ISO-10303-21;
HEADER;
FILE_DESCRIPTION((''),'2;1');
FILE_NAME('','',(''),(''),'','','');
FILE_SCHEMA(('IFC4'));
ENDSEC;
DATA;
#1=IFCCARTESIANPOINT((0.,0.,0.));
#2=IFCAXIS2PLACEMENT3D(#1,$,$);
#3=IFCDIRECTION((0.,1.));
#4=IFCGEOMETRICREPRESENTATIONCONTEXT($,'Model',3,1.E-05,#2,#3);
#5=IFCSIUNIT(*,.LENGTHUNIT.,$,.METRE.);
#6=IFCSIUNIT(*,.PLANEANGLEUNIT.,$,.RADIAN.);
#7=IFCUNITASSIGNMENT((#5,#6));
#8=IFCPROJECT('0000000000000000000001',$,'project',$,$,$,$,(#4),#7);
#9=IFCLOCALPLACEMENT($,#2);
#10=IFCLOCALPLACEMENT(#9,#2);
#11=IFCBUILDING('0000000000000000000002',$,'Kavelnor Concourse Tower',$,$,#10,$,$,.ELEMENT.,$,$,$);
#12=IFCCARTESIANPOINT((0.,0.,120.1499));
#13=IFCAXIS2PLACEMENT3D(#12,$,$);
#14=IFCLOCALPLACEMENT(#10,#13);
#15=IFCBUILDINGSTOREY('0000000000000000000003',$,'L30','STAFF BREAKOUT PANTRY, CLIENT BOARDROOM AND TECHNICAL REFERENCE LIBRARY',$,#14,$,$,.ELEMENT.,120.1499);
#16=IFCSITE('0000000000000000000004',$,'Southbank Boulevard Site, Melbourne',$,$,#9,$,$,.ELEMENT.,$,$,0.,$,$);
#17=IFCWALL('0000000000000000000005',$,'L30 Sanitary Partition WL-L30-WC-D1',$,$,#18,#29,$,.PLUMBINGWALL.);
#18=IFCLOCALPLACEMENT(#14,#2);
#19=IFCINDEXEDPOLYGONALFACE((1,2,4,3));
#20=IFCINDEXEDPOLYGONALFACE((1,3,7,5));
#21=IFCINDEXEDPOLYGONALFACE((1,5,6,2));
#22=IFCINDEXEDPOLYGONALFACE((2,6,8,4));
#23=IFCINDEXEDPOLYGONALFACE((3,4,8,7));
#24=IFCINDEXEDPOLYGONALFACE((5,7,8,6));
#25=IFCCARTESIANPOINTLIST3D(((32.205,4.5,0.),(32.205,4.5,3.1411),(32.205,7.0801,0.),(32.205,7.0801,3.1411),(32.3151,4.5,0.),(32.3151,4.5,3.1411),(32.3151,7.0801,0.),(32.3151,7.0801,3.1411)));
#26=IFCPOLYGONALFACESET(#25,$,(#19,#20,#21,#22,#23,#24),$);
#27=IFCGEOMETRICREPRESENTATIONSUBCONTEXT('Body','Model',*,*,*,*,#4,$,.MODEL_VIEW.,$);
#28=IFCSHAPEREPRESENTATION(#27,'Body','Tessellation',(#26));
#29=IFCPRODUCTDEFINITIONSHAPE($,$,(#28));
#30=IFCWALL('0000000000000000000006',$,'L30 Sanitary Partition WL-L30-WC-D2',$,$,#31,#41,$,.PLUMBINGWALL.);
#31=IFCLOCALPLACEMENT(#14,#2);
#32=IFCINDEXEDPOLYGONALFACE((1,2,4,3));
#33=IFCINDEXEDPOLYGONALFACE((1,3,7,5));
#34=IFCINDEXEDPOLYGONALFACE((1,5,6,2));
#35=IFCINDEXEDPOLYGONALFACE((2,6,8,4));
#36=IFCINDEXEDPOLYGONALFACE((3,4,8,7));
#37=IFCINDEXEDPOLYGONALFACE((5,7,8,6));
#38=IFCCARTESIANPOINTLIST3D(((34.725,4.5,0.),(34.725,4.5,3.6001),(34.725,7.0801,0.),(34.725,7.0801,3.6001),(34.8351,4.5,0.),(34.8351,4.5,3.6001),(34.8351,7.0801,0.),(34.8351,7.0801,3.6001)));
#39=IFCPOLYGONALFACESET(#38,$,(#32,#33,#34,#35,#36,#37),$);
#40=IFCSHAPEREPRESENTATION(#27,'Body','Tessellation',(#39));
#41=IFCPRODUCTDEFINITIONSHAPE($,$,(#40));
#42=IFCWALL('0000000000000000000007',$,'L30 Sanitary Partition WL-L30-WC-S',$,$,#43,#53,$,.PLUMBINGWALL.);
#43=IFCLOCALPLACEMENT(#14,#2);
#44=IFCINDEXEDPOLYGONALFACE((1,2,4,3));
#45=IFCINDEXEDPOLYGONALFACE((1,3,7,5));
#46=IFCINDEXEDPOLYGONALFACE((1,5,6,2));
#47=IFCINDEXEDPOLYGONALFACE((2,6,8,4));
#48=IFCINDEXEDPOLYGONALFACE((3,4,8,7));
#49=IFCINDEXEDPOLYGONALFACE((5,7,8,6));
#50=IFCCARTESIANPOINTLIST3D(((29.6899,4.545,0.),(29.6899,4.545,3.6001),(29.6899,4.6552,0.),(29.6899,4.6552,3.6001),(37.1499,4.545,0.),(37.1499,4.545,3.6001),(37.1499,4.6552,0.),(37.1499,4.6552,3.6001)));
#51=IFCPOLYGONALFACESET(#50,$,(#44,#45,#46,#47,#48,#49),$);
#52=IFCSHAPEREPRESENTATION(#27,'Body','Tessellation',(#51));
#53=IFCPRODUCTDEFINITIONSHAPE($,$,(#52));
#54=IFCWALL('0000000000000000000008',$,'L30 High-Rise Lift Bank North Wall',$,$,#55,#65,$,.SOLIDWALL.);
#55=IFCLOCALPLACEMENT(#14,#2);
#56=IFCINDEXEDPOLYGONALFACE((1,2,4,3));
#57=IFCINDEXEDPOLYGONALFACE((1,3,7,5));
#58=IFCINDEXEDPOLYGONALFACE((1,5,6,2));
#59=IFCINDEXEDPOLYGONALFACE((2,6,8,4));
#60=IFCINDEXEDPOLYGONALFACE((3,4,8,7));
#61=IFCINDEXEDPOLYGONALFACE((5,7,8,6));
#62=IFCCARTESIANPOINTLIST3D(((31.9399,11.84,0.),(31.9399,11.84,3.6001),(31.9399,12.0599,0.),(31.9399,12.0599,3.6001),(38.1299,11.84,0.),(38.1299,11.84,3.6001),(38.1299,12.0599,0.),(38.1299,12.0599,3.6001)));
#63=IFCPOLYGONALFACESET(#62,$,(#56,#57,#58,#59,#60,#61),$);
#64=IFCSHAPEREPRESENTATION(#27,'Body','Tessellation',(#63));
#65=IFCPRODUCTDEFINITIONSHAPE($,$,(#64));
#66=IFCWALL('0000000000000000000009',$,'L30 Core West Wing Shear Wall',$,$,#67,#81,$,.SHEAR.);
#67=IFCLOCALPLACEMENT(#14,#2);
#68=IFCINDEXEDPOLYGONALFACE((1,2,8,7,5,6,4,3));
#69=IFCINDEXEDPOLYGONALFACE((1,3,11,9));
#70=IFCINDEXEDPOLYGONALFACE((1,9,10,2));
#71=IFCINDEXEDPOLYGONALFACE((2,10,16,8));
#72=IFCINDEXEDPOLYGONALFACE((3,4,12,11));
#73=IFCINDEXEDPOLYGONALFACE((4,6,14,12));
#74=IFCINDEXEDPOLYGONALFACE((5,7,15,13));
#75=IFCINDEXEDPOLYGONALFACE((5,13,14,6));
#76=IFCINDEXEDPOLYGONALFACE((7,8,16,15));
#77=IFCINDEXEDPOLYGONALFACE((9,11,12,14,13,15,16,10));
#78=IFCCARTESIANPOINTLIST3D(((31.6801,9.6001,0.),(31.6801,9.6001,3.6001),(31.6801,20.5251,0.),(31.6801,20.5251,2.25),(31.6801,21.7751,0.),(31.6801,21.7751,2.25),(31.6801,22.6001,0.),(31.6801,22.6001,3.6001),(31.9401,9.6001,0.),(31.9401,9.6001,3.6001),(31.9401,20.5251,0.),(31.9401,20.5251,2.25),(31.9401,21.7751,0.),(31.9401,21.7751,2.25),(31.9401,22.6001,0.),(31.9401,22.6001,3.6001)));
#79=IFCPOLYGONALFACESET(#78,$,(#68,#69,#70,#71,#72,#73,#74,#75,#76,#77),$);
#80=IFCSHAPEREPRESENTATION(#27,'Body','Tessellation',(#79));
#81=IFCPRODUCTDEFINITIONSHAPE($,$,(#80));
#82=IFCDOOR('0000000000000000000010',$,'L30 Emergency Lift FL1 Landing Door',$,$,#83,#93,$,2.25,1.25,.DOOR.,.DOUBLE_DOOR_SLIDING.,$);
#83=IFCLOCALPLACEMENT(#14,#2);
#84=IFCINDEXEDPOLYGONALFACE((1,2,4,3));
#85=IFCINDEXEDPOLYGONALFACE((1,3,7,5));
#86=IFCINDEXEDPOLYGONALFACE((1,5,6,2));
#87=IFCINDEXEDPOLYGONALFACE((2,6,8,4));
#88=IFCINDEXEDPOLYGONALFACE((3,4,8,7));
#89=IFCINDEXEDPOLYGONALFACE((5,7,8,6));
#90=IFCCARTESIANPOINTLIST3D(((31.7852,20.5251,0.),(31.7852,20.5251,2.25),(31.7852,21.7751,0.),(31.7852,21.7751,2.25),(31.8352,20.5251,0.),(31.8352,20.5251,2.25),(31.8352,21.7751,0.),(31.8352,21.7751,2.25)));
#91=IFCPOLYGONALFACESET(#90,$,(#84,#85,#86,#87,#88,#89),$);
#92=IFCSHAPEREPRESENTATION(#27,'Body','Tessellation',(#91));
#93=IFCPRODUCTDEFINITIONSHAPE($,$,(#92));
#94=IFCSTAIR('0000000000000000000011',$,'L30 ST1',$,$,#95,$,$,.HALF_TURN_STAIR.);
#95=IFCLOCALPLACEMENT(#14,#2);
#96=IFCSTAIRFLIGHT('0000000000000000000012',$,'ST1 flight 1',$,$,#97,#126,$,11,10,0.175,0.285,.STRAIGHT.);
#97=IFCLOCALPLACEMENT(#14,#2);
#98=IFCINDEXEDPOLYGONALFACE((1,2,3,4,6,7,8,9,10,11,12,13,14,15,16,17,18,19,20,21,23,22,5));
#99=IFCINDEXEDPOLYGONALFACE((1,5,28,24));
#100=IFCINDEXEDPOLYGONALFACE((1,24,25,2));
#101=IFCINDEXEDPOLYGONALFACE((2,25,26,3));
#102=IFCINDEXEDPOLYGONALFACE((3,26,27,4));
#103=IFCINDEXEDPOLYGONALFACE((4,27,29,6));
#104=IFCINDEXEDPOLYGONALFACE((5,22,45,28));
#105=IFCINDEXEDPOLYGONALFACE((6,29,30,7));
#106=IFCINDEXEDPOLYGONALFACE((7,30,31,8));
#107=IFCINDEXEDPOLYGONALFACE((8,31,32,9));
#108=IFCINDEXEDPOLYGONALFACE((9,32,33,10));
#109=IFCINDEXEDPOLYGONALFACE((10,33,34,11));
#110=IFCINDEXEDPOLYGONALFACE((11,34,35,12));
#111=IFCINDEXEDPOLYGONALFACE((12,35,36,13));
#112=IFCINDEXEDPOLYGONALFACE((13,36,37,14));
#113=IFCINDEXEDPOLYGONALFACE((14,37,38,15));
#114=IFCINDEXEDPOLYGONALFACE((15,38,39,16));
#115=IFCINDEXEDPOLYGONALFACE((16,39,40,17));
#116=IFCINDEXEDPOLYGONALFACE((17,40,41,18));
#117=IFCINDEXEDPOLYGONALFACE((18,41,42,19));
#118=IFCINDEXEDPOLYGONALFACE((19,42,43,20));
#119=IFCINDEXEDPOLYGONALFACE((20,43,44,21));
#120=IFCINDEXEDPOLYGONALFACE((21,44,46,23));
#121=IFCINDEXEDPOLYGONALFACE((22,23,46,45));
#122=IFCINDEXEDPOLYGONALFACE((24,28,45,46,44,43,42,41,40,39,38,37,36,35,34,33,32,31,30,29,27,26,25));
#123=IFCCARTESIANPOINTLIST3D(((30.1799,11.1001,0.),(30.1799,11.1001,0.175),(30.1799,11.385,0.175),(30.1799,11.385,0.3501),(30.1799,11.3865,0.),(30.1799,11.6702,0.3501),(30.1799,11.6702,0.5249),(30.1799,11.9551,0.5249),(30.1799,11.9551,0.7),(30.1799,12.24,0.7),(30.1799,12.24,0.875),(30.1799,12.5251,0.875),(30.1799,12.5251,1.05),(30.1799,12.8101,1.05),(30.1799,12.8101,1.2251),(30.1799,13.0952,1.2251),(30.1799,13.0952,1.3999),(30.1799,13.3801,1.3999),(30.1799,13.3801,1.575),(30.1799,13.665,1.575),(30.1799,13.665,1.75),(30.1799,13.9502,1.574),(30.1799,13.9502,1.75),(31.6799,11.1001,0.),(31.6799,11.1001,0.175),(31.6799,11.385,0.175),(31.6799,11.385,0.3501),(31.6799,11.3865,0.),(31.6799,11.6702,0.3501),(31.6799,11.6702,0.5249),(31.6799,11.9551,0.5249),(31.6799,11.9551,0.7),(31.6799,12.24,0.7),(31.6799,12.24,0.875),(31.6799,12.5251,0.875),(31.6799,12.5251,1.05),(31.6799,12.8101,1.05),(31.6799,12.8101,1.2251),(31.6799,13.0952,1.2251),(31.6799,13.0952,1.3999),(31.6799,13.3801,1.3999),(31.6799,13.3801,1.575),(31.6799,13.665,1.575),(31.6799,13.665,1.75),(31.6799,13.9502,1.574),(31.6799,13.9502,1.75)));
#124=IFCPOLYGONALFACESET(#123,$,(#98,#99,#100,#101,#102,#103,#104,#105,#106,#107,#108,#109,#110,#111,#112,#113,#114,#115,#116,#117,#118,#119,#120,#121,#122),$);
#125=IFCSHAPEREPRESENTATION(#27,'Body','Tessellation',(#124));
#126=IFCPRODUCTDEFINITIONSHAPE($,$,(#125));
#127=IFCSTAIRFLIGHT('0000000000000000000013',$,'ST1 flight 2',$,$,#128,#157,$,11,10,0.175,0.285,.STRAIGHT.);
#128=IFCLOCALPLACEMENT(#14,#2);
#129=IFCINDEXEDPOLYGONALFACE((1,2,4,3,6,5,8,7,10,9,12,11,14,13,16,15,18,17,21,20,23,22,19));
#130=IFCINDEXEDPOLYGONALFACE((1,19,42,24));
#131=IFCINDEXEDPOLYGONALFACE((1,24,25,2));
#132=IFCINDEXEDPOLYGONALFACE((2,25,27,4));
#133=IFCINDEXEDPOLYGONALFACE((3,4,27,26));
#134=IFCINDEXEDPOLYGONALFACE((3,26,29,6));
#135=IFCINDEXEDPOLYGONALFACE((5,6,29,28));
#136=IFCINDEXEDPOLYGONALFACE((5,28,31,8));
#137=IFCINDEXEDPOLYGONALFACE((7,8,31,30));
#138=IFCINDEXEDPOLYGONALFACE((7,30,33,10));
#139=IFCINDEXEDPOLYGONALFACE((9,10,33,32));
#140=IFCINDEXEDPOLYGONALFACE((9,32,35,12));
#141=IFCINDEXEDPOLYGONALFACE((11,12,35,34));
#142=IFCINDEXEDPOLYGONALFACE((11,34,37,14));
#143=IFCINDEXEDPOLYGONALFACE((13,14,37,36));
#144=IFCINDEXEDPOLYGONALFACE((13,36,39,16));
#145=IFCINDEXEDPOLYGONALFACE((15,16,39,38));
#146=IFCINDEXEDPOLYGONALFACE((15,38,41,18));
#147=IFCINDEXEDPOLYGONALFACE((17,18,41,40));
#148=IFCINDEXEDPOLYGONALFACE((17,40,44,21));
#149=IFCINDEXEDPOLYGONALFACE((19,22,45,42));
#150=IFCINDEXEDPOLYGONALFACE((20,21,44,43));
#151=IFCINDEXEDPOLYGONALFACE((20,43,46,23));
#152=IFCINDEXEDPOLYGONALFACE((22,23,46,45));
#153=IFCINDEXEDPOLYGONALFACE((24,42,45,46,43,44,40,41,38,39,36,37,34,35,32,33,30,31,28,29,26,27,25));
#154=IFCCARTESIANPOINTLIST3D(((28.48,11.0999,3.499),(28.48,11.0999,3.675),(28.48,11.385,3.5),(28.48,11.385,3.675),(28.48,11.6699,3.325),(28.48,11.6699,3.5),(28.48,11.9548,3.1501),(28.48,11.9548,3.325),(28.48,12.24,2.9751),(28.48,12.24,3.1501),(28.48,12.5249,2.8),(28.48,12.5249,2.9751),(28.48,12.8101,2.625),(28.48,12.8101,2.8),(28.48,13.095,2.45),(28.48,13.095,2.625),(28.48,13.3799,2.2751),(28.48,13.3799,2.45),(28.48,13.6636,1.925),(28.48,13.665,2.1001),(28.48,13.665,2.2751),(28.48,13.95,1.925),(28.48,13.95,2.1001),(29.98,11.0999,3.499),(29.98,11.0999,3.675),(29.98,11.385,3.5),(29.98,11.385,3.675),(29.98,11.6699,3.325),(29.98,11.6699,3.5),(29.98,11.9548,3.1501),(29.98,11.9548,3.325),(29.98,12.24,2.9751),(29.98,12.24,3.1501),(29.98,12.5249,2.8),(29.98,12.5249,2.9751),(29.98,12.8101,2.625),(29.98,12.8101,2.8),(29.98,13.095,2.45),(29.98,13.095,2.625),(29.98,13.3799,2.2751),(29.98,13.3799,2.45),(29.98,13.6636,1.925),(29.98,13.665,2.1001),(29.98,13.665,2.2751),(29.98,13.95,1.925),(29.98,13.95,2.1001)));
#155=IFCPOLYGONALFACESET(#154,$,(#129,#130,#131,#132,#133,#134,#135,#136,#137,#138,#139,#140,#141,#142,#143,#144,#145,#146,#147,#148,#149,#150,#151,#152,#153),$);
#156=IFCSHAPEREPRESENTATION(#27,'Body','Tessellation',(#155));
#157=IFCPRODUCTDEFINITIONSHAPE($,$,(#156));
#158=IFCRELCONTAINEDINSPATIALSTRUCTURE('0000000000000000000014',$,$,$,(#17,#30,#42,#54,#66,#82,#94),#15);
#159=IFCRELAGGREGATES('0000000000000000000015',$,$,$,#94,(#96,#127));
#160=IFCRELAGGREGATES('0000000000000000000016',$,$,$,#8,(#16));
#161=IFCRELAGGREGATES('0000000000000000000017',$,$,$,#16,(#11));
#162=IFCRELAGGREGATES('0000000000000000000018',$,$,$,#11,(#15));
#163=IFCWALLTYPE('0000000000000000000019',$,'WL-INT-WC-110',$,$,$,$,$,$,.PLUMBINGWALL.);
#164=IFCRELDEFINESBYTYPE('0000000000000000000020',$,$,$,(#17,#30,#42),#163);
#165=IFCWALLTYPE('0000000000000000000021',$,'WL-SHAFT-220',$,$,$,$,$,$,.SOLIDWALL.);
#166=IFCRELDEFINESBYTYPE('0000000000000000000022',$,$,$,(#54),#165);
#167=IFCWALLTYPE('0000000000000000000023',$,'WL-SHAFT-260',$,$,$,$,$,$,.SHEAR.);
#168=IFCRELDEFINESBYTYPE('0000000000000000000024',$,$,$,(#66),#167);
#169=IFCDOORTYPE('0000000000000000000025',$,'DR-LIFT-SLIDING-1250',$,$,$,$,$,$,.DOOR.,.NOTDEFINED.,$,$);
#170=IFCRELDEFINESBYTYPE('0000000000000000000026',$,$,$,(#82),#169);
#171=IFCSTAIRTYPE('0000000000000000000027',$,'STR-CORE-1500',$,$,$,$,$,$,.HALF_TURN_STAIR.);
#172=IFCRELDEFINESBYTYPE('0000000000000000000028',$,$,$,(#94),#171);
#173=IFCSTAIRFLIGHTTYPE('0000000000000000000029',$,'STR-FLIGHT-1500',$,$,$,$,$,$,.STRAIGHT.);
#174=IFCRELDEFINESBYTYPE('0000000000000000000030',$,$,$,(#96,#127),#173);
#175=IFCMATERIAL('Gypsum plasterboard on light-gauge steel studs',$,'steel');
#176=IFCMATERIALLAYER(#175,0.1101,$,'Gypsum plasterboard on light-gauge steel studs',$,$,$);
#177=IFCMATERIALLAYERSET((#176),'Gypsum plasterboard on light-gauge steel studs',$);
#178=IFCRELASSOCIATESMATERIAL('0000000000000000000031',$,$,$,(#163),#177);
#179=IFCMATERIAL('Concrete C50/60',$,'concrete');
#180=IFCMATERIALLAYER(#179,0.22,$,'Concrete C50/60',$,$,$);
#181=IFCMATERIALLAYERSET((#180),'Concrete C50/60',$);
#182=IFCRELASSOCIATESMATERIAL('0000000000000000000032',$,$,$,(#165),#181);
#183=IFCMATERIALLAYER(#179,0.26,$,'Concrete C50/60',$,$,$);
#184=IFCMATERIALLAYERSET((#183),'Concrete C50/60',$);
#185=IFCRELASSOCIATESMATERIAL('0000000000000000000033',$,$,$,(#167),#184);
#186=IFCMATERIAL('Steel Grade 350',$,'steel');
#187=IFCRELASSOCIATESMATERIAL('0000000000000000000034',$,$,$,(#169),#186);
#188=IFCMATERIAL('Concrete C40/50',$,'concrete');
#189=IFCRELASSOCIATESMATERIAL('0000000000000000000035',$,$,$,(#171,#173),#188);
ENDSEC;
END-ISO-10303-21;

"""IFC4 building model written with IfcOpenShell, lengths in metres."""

from ifc_helpers import new_model, si_unit, direction, frame, frame_2d, origin, place, context, subcontext, project, spatial, polyline, rectangle, outline, extrude, material, layer, layer_set, type_object, element, fill, aggregate, save


model = new_model("IFC4")

# Units and contexts
model_context = context("Model", 3, precision=1e-05, world=origin(), true_north=direction((0.0, 1.0)))
body_context = subcontext(model_context, "Body", "Model", "MODEL_VIEW")
ifc_project = project(units=[si_unit("LENGTHUNIT", "METRE"), si_unit("PLANEANGLEUNIT", "RADIAN")], contexts=[model_context])

# Site, building, storey
site_placement = place(None, origin())
site = spatial("IfcSite", under=ifc_project, at=site_placement, Name="Southbank Boulevard Site, Melbourne", CompositionType="ELEMENT", RefElevation=0.0)
building_placement = place(site_placement, origin())
building = spatial("IfcBuilding", under=site, at=building_placement, Name="Kavelnor Concourse Tower", CompositionType="ELEMENT")
storey_placement = place(building_placement, frame((0.0, 0.0, 120.1499)))
storey = spatial("IfcBuildingStorey", under=building, at=storey_placement, Name="L30", Description="STAFF BREAKOUT PANTRY, CLIENT BOARDROOM AND TECHNICAL REFERENCE LIBRARY", CompositionType="ELEMENT", Elevation=120.1499)

# Shared definitions
ifc_material_1 = material(Name="Steel Grade 350", Category="steel")

# Walls
ifc_material_2 = material(Name="Gypsum plasterboard on light-gauge steel studs", Category="steel")
ifc_layer_1 = layer(ifc_material_2, 0.1101, Name="Gypsum plasterboard on light-gauge steel studs")
ifc_layer_set_1 = layer_set([ifc_layer_1], Name="Gypsum plasterboard on light-gauge steel studs")
wall_type_1 = type_object("IfcWallType", Name="WL-INT-WC-110", PredefinedType="PLUMBINGWALL", material=ifc_layer_set_1)
wall_1_placement = place(storey_placement, frame((32.26, 4.5, 0.0), z_axis=(0.0, 0.0, 1.0), x_axis=(0.0, 1.0, 0.0)))
element("IfcWall", 1, at=wall_1_placement, inside=storey, type_object=wall_type_1, Name="L30 Sanitary Partition WL-L30-WC-D1", PredefinedType="PLUMBINGWALL", context=body_context, shape_type="SweptSolid", body=[
    extrude(rectangle(XDim=2.5801, YDim=0.1101, at=frame_2d((1.29, 0.0))), origin(), (0.0, 0.0, 1.0), 3.1411),
])
wall_2_placement = place(storey_placement, frame((34.78, 4.5, 0.0), z_axis=(0.0, 0.0, 1.0), x_axis=(0.0, 1.0, 0.0)))
element("IfcWall", 2, at=wall_2_placement, inside=storey, type_object=wall_type_1, Name="L30 Sanitary Partition WL-L30-WC-D2", PredefinedType="PLUMBINGWALL", context=body_context, shape_type="SweptSolid", body=[
    extrude(rectangle(XDim=2.5801, YDim=0.1101, at=frame_2d((1.29, 0.0))), origin(), (0.0, 0.0, 1.0), 3.6001),
])
wall_3_placement = place(storey_placement, frame((29.6899, 4.6001, 0.0), z_axis=(0.0, 0.0, 1.0), x_axis=(1.0, 0.0, 0.0)))
element("IfcWall", 3, at=wall_3_placement, inside=storey, type_object=wall_type_1, Name="L30 Sanitary Partition WL-L30-WC-S", PredefinedType="PLUMBINGWALL", context=body_context, shape_type="SweptSolid", body=[
    extrude(rectangle(XDim=7.46, YDim=0.1101, at=frame_2d((3.73, 0.0))), origin(), (0.0, 0.0, 1.0), 3.6001),
])
ifc_material_3 = material(Name="Concrete C50/60", Category="concrete")
ifc_layer_2 = layer(ifc_material_3, 0.22, Name="Concrete C50/60")
ifc_layer_set_2 = layer_set([ifc_layer_2], Name="Concrete C50/60")
wall_type_2 = type_object("IfcWallType", Name="WL-SHAFT-220", PredefinedType="SOLIDWALL", material=ifc_layer_set_2)
wall_4_placement = place(storey_placement, frame((31.9399, 11.95, 0.0), z_axis=(0.0, 0.0, 1.0), x_axis=(1.0, 0.0, 0.0)))
element("IfcWall", 4, at=wall_4_placement, inside=storey, type_object=wall_type_2, Name="L30 High-Rise Lift Bank North Wall", PredefinedType="SOLIDWALL", context=body_context, shape_type="SweptSolid", body=[
    extrude(rectangle(XDim=6.1899, YDim=0.22, at=frame_2d((3.095, 0.0))), origin(), (0.0, 0.0, 1.0), 3.6001),
])

# Wall, opening, door
ifc_layer_3 = layer(ifc_material_3, 0.26, Name="Concrete C50/60")
ifc_layer_set_3 = layer_set([ifc_layer_3], Name="Concrete C50/60")
wall_type_3 = type_object("IfcWallType", Name="WL-SHAFT-260", PredefinedType="SHEAR", material=ifc_layer_set_3)
wall_5_placement = place(storey_placement, frame((31.8101, 9.6001, 0.0), z_axis=(0.0, 0.0, 1.0), x_axis=(0.0, 1.0, 0.0)))
wall_5 = element("IfcWall", 5, at=wall_5_placement, inside=storey, type_object=wall_type_3, Name="L30 Core West Wing Shear Wall", PredefinedType="SHEAR", context=body_context, shape_type="SweptSolid", body=[
    extrude(rectangle(XDim=13.0, YDim=0.26, at=frame_2d((6.5, 0.0))), origin(), (0.0, 0.0, 1.0), 3.6001),
])
opening_1_placement = place(wall_5_placement, frame((10.925, 0.0, 0.0)))
opening_1 = element("IfcOpeningElement", 6, at=opening_1_placement, cuts=wall_5, PredefinedType="OPENING", context=body_context, shape_type="SweptSolid", body=[
    extrude(rectangle(XDim=1.25, YDim=2.25, at=frame_2d((0.625, 1.125))), frame((0.0, 0.1401, 0.0), z_axis=(0.0, -1.0, 0.0), x_axis=(1.0, 0.0, 0.0)), (0.0, 0.0, 1.0), 0.28),
])
door_type_1 = type_object("IfcDoorType", Name="DR-LIFT-SLIDING-1250", OperationType="NOTDEFINED", PredefinedType="DOOR", material=ifc_material_1)
door_1_placement = place(opening_1_placement, origin())
door_1 = element("IfcDoor", 7, at=door_1_placement, inside=storey, type_object=door_type_1, Name="L30 Emergency Lift FL1 Landing Door", OperationType="DOUBLE_DOOR_SLIDING", OverallHeight=2.25, OverallWidth=1.25, PredefinedType="DOOR", context=body_context, shape_type="SweptSolid", body=[
    extrude(rectangle(XDim=1.25, YDim=2.25, at=frame_2d((0.625, 1.125))), frame((0.0, 0.0249, 0.0), z_axis=(0.0, -1.0, 0.0), x_axis=(1.0, 0.0, 0.0)), (0.0, 0.0, 1.0), 0.05),
])
fill(opening_1, door_1)

# Stair, stair flights
ifc_material_4 = material(Name="Concrete C40/50", Category="concrete")
stair_type = type_object("IfcStairType", Name="STR-CORE-1500", PredefinedType="HALF_TURN_STAIR", material=ifc_material_4)
stair_placement = place(storey_placement, origin())
stair = element("IfcStair", 8, at=stair_placement, inside=storey, type_object=stair_type, Name="L30 ST1", PredefinedType="HALF_TURN_STAIR")
stair_flight_type = type_object("IfcStairFlightType", Name="STR-FLIGHT-1500", PredefinedType="STRAIGHT", material=ifc_material_4)
stair_flight_1_placement = place(storey_placement, frame((30.9299, 11.1001, 0.0), z_axis=(0.0, 0.0, 1.0), x_axis=(0.0, 1.0, 0.0)))
stair_flight_1 = element("IfcStairFlight", 9, at=stair_flight_1_placement, type_object=stair_flight_type, Name="ST1 flight 1", NumberOfRisers=11, NumberOfTreads=10, PredefinedType="STRAIGHT", RiserHeight=0.175, TreadLength=0.285, context=body_context, shape_type="SweptSolid", body=[
    extrude(outline(polyline([(0.0, 0.0), (0.0, 0.175), (0.2849, 0.175), (0.2849, 0.3501), (0.5701, 0.3501), (0.5701, 0.5249), (0.855, 0.5249), (0.855, 0.7), (1.1399, 0.7), (1.1399, 0.875), (1.425, 0.875), (1.425, 1.05), (1.71, 1.05), (1.71, 1.2251), (1.9951, 1.2251), (1.9951, 1.3999), (2.28, 1.3999), (2.28, 1.575), (2.5649, 1.575), (2.5649, 1.75), (2.8501, 1.75), (2.8501, 1.925), (2.8501, 1.574), (0.2864, 0.0), (0.0, 0.0)])), frame((0.0, 0.75, 0.0), z_axis=(0.0, -1.0, 0.0), x_axis=(1.0, 0.0, 0.0)), (0.0, 0.0, 1.0), 1.5),
])
stair_flight_2_placement = place(storey_placement, frame((29.23, 13.95, 1.925), z_axis=(0.0, 0.0, 1.0), x_axis=(0.0, -1.0, 0.0)))
stair_flight_2 = element("IfcStairFlight", 10, at=stair_flight_2_placement, type_object=stair_flight_type, Name="ST1 flight 2", NumberOfRisers=11, NumberOfTreads=10, PredefinedType="STRAIGHT", RiserHeight=0.175, TreadLength=0.285, context=body_context, shape_type="SweptSolid", body=[
    extrude(outline(polyline([(0.0, 0.0), (0.0, 0.175), (0.2849, 0.175), (0.2849, 0.3501), (0.5701, 0.3501), (0.5701, 0.5249), (0.855, 0.5249), (0.855, 0.7), (1.1399, 0.7), (1.1399, 0.875), (1.425, 0.875), (1.425, 1.05), (1.71, 1.05), (1.71, 1.2251), (1.9951, 1.2251), (1.9951, 1.3999), (2.28, 1.3999), (2.28, 1.575), (2.5649, 1.575), (2.5649, 1.75), (2.8501, 1.75), (2.8501, 1.925), (2.8501, 1.574), (0.2864, 0.0), (0.0, 0.0)])), frame((0.0, 0.75, 0.0), z_axis=(0.0, -1.0, 0.0), x_axis=(1.0, 0.0, 0.0)), (0.0, 0.0, 1.0), 1.5),
])
aggregate(stair, [stair_flight_1, stair_flight_2])

save(model, "model.ifc")
